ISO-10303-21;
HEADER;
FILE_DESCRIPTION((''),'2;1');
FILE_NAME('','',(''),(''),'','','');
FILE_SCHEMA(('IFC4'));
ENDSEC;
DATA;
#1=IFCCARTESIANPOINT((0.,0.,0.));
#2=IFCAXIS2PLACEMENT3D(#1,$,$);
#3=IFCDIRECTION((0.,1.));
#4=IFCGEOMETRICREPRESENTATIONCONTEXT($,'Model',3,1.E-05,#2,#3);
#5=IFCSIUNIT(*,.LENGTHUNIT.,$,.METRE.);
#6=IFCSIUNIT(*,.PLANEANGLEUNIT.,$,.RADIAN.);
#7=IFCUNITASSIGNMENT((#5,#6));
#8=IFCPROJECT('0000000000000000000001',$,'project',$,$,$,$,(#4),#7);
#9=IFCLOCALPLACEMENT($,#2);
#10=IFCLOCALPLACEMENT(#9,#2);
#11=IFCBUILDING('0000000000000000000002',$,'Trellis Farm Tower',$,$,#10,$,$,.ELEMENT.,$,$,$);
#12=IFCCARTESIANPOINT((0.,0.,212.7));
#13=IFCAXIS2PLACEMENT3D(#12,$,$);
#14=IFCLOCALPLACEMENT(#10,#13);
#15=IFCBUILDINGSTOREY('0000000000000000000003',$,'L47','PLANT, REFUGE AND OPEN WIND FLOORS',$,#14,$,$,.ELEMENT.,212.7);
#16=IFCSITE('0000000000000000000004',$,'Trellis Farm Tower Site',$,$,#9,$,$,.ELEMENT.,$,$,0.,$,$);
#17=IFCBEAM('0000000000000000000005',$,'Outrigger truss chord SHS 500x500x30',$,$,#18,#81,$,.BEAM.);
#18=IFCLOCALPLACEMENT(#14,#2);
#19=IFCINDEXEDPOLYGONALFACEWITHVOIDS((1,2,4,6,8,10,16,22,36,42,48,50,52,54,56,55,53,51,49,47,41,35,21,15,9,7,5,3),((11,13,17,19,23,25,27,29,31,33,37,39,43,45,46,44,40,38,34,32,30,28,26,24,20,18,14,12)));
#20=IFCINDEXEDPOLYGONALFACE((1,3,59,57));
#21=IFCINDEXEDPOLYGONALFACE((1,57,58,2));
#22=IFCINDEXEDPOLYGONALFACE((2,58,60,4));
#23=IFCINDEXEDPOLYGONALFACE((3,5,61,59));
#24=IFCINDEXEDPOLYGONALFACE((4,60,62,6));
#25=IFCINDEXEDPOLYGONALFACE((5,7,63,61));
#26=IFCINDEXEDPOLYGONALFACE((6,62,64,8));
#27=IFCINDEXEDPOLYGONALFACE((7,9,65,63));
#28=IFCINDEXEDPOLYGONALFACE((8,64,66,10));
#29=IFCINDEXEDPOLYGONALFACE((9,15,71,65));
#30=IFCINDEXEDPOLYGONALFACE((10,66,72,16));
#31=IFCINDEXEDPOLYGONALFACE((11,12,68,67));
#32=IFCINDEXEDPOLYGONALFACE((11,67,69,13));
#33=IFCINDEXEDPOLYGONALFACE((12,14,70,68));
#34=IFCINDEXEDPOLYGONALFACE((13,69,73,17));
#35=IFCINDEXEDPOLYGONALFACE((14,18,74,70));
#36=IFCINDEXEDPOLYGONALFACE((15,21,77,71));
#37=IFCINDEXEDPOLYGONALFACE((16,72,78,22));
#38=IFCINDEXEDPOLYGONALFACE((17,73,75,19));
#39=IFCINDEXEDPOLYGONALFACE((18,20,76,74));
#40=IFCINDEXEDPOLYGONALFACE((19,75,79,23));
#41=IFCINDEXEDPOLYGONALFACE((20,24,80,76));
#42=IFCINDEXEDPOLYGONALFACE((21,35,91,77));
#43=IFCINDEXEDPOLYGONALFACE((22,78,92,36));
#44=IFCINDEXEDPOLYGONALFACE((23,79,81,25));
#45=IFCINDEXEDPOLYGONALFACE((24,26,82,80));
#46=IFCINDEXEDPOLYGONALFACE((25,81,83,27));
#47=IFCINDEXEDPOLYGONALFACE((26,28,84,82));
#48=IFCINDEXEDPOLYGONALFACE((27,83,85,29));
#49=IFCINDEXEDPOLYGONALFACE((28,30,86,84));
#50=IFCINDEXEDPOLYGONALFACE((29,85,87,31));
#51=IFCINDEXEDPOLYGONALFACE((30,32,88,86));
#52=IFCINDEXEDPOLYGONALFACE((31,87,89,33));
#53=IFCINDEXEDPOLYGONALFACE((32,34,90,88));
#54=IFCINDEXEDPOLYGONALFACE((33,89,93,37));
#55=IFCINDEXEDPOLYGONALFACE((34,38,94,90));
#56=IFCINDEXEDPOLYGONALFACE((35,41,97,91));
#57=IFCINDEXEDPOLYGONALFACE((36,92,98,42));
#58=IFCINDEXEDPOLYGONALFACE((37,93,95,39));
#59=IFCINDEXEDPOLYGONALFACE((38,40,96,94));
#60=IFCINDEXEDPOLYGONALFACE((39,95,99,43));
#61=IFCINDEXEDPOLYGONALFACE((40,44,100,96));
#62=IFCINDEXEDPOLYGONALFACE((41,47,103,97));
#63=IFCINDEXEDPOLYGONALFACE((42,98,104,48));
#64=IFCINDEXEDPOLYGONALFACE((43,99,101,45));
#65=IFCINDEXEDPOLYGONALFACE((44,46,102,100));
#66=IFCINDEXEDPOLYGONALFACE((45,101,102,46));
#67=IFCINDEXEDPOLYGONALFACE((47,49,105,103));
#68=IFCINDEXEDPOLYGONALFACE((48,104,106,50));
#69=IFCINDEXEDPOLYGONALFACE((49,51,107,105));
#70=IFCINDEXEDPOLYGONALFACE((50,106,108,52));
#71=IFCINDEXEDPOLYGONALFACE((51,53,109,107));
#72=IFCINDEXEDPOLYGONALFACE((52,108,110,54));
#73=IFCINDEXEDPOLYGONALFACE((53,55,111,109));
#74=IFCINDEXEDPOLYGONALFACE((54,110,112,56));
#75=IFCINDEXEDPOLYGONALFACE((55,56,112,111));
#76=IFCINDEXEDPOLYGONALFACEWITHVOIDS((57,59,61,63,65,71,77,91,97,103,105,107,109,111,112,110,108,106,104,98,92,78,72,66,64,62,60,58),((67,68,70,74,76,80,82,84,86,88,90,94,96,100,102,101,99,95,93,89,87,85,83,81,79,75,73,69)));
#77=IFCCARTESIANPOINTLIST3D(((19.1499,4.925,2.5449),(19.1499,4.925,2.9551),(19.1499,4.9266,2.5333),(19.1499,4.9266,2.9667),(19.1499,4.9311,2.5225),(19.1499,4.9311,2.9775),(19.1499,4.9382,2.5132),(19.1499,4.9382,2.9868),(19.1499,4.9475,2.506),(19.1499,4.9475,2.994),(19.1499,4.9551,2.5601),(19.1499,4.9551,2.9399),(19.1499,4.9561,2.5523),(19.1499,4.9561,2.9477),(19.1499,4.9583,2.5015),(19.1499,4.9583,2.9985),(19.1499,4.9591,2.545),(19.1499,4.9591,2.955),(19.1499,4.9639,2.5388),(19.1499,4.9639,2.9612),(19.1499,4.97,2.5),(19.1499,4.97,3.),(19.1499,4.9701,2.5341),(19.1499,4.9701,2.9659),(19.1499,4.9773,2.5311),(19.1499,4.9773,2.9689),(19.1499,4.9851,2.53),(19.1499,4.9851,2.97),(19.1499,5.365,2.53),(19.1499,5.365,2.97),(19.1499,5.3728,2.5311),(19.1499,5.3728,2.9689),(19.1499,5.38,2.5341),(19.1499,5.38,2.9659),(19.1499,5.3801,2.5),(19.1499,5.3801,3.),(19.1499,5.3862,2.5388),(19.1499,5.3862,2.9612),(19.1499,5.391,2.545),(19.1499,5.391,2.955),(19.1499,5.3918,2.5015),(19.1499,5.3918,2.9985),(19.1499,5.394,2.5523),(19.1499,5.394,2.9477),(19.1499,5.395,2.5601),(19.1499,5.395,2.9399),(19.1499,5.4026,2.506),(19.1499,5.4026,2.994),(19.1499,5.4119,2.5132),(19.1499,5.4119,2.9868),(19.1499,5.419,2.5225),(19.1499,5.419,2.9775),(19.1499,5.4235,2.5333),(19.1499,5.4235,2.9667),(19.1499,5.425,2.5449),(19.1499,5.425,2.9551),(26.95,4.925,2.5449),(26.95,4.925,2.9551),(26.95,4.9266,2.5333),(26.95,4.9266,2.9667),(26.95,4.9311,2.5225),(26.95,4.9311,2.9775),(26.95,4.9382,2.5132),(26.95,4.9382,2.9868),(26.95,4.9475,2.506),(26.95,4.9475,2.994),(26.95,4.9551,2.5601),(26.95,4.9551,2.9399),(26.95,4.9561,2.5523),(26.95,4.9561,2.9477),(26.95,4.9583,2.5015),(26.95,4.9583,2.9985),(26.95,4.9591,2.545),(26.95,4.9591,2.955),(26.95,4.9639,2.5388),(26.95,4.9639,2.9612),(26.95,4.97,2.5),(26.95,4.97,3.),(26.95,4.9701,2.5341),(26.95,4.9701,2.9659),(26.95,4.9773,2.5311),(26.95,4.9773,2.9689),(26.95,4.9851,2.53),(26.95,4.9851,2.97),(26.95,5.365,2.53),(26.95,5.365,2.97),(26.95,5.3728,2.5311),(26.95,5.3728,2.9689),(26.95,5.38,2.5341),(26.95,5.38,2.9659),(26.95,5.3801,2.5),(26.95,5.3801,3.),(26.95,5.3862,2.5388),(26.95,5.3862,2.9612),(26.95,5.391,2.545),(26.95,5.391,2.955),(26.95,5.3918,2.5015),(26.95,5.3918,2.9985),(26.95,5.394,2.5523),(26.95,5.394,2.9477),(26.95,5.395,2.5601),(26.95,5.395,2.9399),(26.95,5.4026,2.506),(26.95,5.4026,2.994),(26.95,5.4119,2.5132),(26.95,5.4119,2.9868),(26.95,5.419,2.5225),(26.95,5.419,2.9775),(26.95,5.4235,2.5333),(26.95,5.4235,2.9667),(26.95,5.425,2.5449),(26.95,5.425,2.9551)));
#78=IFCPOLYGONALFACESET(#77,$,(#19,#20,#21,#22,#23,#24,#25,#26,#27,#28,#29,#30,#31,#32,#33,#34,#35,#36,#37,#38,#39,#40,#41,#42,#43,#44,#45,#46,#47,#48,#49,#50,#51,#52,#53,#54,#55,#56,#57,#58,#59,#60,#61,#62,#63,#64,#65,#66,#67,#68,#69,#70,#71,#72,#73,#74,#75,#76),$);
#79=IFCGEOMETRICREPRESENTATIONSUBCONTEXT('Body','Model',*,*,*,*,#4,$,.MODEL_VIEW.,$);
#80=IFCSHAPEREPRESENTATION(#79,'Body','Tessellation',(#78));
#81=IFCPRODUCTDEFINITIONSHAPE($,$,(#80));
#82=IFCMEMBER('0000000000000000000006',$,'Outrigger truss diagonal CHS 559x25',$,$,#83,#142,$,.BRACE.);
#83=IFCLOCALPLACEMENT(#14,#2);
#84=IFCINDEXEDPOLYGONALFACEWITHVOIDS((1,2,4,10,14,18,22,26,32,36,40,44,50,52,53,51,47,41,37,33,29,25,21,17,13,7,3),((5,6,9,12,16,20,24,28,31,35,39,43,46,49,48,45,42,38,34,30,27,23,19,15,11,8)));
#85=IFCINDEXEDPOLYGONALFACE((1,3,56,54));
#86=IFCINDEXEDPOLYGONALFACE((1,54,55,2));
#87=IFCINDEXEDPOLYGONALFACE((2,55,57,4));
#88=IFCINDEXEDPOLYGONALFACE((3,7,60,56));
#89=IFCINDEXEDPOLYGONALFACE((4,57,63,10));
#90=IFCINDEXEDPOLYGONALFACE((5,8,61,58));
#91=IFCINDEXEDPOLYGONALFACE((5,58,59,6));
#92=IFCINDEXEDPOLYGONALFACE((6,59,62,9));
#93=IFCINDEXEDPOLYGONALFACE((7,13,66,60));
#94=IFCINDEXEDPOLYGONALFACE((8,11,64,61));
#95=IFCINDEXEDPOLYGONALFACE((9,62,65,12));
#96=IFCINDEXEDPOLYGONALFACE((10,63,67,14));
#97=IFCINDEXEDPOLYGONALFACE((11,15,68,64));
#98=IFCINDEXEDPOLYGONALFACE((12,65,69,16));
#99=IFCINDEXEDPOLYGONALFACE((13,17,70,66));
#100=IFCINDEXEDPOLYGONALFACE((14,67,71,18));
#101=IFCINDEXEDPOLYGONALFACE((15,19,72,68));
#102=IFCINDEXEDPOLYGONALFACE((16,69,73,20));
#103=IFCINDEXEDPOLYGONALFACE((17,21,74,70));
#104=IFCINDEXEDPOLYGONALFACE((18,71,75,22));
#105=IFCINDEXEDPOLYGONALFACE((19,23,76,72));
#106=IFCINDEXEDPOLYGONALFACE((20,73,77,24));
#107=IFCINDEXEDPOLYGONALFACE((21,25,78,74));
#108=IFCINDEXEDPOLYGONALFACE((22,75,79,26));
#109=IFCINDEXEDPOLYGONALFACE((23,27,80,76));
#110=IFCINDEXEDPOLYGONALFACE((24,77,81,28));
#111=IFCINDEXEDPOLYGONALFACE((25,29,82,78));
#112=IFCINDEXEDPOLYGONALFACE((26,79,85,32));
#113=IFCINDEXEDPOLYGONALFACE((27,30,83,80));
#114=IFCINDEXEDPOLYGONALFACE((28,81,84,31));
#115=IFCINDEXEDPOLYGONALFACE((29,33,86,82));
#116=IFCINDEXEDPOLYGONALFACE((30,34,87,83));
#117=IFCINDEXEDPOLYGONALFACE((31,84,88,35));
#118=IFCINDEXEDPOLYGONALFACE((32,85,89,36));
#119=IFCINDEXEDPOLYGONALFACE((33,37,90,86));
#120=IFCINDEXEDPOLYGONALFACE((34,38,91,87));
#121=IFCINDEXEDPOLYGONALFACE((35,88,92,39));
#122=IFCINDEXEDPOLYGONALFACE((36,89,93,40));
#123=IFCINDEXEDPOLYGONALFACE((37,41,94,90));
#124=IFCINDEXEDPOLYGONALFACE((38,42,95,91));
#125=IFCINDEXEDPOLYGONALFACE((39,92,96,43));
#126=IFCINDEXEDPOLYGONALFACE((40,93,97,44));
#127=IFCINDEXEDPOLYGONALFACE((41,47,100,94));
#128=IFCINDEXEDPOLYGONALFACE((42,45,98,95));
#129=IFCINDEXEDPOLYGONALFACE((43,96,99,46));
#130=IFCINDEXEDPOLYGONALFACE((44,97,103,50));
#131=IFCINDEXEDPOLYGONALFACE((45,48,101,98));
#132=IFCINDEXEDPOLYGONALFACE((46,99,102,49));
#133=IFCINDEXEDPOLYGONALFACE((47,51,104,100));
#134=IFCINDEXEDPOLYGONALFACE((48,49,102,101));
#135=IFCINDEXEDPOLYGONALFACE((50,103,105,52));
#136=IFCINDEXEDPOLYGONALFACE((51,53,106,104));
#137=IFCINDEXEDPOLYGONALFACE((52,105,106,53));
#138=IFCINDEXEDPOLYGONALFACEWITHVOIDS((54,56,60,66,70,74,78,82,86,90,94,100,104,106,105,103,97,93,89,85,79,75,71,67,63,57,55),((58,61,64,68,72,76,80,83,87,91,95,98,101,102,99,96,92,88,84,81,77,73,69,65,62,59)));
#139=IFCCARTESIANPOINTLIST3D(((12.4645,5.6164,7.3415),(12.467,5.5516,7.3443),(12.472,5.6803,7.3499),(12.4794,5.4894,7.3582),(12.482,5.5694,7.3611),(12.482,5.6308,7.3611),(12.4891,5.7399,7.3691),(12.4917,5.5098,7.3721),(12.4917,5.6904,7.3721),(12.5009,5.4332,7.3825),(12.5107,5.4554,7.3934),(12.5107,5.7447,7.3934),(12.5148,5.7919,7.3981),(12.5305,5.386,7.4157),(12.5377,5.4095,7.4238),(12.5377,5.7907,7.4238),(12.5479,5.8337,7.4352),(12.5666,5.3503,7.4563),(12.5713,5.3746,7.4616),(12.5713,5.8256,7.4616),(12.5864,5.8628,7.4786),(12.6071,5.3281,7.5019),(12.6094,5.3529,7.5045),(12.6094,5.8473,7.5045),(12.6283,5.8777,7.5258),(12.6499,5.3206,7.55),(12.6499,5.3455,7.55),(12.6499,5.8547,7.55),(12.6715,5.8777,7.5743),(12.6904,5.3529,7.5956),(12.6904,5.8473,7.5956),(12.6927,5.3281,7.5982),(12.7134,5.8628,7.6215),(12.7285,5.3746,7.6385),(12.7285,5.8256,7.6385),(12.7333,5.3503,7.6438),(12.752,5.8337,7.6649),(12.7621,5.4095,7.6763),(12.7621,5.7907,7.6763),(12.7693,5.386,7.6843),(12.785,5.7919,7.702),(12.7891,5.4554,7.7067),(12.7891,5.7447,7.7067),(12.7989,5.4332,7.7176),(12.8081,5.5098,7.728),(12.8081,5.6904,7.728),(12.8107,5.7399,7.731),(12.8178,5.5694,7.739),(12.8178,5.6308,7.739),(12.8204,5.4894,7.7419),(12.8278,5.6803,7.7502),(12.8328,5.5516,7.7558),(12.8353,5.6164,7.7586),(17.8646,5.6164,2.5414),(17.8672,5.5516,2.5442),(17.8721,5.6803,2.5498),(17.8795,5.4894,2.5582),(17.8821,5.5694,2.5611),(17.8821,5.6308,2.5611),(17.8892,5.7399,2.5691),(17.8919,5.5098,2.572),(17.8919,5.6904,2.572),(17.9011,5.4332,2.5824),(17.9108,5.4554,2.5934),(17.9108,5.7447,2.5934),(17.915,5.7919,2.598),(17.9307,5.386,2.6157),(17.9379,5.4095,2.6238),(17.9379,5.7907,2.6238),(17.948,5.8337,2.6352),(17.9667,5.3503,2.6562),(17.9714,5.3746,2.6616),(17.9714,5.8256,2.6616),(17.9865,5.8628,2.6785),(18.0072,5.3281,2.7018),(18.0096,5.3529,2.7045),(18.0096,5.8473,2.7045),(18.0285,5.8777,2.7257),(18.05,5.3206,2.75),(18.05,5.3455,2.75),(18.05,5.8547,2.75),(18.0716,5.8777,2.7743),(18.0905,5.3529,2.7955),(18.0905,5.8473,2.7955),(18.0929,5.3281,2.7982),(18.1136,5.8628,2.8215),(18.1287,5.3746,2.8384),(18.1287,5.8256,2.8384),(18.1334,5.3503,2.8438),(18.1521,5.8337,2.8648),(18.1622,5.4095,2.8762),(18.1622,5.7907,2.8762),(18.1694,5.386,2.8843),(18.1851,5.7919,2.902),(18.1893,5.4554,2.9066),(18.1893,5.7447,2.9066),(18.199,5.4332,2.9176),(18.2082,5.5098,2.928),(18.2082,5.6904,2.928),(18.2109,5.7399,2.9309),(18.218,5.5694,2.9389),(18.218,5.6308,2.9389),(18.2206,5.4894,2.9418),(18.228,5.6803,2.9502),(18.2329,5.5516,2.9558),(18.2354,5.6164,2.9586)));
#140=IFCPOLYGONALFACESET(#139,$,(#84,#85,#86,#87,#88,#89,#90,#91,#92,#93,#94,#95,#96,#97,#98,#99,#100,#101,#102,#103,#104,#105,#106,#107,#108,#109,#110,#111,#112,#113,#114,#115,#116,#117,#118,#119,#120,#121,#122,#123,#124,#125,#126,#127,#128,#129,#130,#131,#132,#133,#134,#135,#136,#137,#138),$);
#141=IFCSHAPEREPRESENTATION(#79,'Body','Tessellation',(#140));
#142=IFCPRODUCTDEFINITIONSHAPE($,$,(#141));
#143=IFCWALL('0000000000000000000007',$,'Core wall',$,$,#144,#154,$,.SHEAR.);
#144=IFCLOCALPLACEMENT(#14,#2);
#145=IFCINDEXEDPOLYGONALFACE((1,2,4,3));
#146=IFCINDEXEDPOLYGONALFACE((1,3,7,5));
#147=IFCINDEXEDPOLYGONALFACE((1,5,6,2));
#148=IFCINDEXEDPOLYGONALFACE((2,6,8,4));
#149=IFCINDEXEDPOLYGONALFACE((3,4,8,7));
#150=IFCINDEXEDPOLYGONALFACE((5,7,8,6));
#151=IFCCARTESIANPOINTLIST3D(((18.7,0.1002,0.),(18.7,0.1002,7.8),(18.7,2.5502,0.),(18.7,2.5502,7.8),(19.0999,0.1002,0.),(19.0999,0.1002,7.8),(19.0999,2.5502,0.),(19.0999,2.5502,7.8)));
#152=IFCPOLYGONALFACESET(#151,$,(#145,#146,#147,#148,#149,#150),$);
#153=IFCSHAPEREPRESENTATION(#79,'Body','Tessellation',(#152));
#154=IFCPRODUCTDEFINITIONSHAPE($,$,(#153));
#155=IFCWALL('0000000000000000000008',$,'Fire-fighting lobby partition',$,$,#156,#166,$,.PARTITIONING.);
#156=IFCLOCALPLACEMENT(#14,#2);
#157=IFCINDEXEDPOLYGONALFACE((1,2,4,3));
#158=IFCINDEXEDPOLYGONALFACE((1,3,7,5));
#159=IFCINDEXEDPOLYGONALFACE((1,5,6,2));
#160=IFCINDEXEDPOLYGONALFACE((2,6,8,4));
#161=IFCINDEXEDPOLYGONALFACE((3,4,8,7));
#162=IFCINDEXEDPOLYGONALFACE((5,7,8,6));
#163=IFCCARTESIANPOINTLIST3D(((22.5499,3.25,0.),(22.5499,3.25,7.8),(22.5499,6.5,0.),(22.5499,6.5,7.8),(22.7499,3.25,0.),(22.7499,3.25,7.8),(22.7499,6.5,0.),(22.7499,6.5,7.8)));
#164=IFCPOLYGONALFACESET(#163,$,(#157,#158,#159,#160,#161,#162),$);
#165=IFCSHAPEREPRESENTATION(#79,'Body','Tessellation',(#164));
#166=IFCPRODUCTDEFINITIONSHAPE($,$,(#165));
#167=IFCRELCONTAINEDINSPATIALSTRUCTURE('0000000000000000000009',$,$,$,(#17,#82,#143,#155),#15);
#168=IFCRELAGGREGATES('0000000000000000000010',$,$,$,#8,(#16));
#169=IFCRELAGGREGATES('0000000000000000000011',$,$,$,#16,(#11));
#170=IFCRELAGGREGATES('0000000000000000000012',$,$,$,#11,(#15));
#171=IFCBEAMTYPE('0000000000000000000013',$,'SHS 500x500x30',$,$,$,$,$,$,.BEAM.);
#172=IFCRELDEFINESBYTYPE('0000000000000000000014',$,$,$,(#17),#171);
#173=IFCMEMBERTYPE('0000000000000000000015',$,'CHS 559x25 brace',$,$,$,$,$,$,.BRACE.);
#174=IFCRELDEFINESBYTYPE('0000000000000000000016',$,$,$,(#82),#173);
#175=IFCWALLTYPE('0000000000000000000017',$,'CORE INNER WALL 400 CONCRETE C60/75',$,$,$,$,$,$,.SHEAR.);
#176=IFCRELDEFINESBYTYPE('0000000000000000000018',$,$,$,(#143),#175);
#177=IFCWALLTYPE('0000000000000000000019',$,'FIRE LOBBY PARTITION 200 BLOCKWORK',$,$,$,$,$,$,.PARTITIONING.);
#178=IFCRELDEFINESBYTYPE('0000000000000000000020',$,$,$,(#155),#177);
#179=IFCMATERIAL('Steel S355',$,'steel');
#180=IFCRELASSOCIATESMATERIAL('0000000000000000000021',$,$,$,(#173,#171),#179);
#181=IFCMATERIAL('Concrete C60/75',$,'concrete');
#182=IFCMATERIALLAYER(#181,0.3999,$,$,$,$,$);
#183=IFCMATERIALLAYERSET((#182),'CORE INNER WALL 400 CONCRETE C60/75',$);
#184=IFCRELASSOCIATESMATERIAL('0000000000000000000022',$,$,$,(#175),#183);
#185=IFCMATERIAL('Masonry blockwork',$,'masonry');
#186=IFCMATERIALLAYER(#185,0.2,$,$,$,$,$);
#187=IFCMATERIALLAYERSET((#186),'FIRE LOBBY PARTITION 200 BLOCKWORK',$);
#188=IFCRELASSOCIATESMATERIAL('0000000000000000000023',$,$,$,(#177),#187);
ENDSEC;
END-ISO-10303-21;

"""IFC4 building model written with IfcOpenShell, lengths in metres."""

from ifc_helpers import new_model, si_unit, direction, frame, frame_2d, origin, origin_2d, place, context, subcontext, project, spatial, rectangle, hollow_rectangle, hollow_circle, extrude, source, transform, mapped, material, layer, layer_set, material_profile, profile_set, type_object, element, save


model = new_model("IFC4")

# Units and contexts
model_context = context("Model", 3, precision=1e-05, world=origin(), true_north=direction((0.0, 1.0)))
body_context = subcontext(model_context, "Body", "Model", "MODEL_VIEW")
ifc_project = project(units=[si_unit("LENGTHUNIT", "METRE"), si_unit("PLANEANGLEUNIT", "RADIAN")], contexts=[model_context])

# Site, building, storey
site_placement = place(None, origin())
site = spatial("IfcSite", under=ifc_project, at=site_placement, Name="Trellis Farm Tower Site", CompositionType="ELEMENT", RefElevation=0.0)
building_placement = place(site_placement, origin())
building = spatial("IfcBuilding", under=site, at=building_placement, Name="Trellis Farm Tower", CompositionType="ELEMENT")
storey_placement = place(building_placement, frame((0.0, 0.0, 212.7)))
storey = spatial("IfcBuildingStorey", under=building, at=storey_placement, Name="L47", Description="PLANT, REFUGE AND OPEN WIND FLOORS", CompositionType="ELEMENT", Elevation=212.7)

# Shared definitions
ifc_material_1 = material(Name="Concrete C60/75", Category="concrete")

# Shared definitions
ifc_material_2 = material(Name="Steel S355", Category="steel")
ifc_material_profile_1 = material_profile(ifc_material_2, hollow_circle(Radius=0.2795, WallThickness=0.0249, at=origin_2d()), Name="CHS 559x25")
ifc_profile_set_1 = profile_set([ifc_material_profile_1], Name="Steel S355")
member_type = type_object("IfcMemberType", Name="CHS 559x25 brace", PredefinedType="BRACE", material=ifc_profile_set_1)

# Beam
ifc_material_profile_2 = material_profile(ifc_material_2, hollow_rectangle(XDim=0.5, YDim=0.5, WallThickness=0.03, InnerFilletRadius=0.03, OuterFilletRadius=0.0449, at=origin_2d()), Name="SHS 500x500x30")
ifc_profile_set_2 = profile_set([ifc_material_profile_2], Name="Steel S355")
beam_type_1 = type_object("IfcBeamType", Name="SHS 500x500x30", PredefinedType="BEAM", material=ifc_profile_set_2)
shared_shape_1 = source(origin(), body_context, "Body", "SweptSolid", [
    extrude(hollow_rectangle(XDim=0.5, YDim=0.5, WallThickness=0.03, InnerFilletRadius=0.03, OuterFilletRadius=0.0449, at=origin_2d()), origin(), (0.0, 0.0, 1.0), 7.8),
])
beam_1_placement = place(storey_placement, frame((19.1499, 5.175, 2.75), z_axis=(1.0, 0.0, 0.0), x_axis=(0.0, 1.0, 0.0)))
element("IfcBeam", 1, at=beam_1_placement, inside=storey, type_object=beam_type_1, Name="Outrigger truss chord SHS 500x500x30", PredefinedType="BEAM", context=body_context, shape_type="MappedRepresentation", body=[
    mapped(shared_shape_1, transform((0.0, 0.0, 0.0))),
])

# Member
shared_shape_2 = source(origin(), body_context, "Body", "SweptSolid", [
    extrude(hollow_circle(Radius=0.2795, WallThickness=0.0249, at=origin_2d()), origin(), (0.0, 0.0, 1.0), 7.2251),
])
member_1_placement = place(storey_placement, frame((18.05, 5.6001, 2.75), z_axis=(-0.747415, 0.0, 0.664358), x_axis=(0.0, -1.0, 0.0)))
element("IfcMember", 2, at=member_1_placement, inside=storey, type_object=member_type, Name="Outrigger truss diagonal CHS 559x25", PredefinedType="BRACE", context=body_context, shape_type="MappedRepresentation", body=[
    mapped(shared_shape_2, transform((0.0, 0.0, 0.0))),
])

# Walls
ifc_layer_1 = layer(ifc_material_1, 0.3999)
ifc_layer_set_1 = layer_set([ifc_layer_1], Name="CORE INNER WALL 400 CONCRETE C60/75")
wall_type_1 = type_object("IfcWallType", Name="CORE INNER WALL 400 CONCRETE C60/75", PredefinedType="SHEAR", material=ifc_layer_set_1)
shared_shape_3 = source(origin(), body_context, "Body", "SweptSolid", [
    extrude(rectangle(XDim=2.45, YDim=0.3999, at=frame_2d((1.2251, 0.0))), origin(), (0.0, 0.0, 1.0), 7.8),
])
wall_1_placement = place(storey_placement, frame((18.8999, 0.1001, 0.0), z_axis=(0.0, 0.0, 1.0), x_axis=(0.0, 1.0, 0.0)))
element("IfcWall", 3, at=wall_1_placement, inside=storey, type_object=wall_type_1, Name="Core wall", PredefinedType="SHEAR", context=body_context, shape_type="MappedRepresentation", body=[
    mapped(shared_shape_3, transform((0.0, 0.0, 0.0))),
])
ifc_material_3 = material(Name="Masonry blockwork", Category="masonry")
ifc_layer_2 = layer(ifc_material_3, 0.2)
ifc_layer_set_2 = layer_set([ifc_layer_2], Name="FIRE LOBBY PARTITION 200 BLOCKWORK")
wall_type_2 = type_object("IfcWallType", Name="FIRE LOBBY PARTITION 200 BLOCKWORK", PredefinedType="PARTITIONING", material=ifc_layer_set_2)
shared_shape_4 = source(origin(), body_context, "Body", "SweptSolid", [
    extrude(rectangle(XDim=3.25, YDim=0.2, at=frame_2d((1.625, 0.0))), origin(), (0.0, 0.0, 1.0), 7.8),
])
wall_2_placement = place(storey_placement, frame((22.6499, 3.25, 0.0), z_axis=(0.0, 0.0, 1.0), x_axis=(0.0, 1.0, 0.0)))
element("IfcWall", 4, at=wall_2_placement, inside=storey, type_object=wall_type_2, Name="Fire-fighting lobby partition", PredefinedType="PARTITIONING", context=body_context, shape_type="MappedRepresentation", body=[
    mapped(shared_shape_4, transform((0.0, 0.0, 0.0))),
])

save(model, "model.ifc")
